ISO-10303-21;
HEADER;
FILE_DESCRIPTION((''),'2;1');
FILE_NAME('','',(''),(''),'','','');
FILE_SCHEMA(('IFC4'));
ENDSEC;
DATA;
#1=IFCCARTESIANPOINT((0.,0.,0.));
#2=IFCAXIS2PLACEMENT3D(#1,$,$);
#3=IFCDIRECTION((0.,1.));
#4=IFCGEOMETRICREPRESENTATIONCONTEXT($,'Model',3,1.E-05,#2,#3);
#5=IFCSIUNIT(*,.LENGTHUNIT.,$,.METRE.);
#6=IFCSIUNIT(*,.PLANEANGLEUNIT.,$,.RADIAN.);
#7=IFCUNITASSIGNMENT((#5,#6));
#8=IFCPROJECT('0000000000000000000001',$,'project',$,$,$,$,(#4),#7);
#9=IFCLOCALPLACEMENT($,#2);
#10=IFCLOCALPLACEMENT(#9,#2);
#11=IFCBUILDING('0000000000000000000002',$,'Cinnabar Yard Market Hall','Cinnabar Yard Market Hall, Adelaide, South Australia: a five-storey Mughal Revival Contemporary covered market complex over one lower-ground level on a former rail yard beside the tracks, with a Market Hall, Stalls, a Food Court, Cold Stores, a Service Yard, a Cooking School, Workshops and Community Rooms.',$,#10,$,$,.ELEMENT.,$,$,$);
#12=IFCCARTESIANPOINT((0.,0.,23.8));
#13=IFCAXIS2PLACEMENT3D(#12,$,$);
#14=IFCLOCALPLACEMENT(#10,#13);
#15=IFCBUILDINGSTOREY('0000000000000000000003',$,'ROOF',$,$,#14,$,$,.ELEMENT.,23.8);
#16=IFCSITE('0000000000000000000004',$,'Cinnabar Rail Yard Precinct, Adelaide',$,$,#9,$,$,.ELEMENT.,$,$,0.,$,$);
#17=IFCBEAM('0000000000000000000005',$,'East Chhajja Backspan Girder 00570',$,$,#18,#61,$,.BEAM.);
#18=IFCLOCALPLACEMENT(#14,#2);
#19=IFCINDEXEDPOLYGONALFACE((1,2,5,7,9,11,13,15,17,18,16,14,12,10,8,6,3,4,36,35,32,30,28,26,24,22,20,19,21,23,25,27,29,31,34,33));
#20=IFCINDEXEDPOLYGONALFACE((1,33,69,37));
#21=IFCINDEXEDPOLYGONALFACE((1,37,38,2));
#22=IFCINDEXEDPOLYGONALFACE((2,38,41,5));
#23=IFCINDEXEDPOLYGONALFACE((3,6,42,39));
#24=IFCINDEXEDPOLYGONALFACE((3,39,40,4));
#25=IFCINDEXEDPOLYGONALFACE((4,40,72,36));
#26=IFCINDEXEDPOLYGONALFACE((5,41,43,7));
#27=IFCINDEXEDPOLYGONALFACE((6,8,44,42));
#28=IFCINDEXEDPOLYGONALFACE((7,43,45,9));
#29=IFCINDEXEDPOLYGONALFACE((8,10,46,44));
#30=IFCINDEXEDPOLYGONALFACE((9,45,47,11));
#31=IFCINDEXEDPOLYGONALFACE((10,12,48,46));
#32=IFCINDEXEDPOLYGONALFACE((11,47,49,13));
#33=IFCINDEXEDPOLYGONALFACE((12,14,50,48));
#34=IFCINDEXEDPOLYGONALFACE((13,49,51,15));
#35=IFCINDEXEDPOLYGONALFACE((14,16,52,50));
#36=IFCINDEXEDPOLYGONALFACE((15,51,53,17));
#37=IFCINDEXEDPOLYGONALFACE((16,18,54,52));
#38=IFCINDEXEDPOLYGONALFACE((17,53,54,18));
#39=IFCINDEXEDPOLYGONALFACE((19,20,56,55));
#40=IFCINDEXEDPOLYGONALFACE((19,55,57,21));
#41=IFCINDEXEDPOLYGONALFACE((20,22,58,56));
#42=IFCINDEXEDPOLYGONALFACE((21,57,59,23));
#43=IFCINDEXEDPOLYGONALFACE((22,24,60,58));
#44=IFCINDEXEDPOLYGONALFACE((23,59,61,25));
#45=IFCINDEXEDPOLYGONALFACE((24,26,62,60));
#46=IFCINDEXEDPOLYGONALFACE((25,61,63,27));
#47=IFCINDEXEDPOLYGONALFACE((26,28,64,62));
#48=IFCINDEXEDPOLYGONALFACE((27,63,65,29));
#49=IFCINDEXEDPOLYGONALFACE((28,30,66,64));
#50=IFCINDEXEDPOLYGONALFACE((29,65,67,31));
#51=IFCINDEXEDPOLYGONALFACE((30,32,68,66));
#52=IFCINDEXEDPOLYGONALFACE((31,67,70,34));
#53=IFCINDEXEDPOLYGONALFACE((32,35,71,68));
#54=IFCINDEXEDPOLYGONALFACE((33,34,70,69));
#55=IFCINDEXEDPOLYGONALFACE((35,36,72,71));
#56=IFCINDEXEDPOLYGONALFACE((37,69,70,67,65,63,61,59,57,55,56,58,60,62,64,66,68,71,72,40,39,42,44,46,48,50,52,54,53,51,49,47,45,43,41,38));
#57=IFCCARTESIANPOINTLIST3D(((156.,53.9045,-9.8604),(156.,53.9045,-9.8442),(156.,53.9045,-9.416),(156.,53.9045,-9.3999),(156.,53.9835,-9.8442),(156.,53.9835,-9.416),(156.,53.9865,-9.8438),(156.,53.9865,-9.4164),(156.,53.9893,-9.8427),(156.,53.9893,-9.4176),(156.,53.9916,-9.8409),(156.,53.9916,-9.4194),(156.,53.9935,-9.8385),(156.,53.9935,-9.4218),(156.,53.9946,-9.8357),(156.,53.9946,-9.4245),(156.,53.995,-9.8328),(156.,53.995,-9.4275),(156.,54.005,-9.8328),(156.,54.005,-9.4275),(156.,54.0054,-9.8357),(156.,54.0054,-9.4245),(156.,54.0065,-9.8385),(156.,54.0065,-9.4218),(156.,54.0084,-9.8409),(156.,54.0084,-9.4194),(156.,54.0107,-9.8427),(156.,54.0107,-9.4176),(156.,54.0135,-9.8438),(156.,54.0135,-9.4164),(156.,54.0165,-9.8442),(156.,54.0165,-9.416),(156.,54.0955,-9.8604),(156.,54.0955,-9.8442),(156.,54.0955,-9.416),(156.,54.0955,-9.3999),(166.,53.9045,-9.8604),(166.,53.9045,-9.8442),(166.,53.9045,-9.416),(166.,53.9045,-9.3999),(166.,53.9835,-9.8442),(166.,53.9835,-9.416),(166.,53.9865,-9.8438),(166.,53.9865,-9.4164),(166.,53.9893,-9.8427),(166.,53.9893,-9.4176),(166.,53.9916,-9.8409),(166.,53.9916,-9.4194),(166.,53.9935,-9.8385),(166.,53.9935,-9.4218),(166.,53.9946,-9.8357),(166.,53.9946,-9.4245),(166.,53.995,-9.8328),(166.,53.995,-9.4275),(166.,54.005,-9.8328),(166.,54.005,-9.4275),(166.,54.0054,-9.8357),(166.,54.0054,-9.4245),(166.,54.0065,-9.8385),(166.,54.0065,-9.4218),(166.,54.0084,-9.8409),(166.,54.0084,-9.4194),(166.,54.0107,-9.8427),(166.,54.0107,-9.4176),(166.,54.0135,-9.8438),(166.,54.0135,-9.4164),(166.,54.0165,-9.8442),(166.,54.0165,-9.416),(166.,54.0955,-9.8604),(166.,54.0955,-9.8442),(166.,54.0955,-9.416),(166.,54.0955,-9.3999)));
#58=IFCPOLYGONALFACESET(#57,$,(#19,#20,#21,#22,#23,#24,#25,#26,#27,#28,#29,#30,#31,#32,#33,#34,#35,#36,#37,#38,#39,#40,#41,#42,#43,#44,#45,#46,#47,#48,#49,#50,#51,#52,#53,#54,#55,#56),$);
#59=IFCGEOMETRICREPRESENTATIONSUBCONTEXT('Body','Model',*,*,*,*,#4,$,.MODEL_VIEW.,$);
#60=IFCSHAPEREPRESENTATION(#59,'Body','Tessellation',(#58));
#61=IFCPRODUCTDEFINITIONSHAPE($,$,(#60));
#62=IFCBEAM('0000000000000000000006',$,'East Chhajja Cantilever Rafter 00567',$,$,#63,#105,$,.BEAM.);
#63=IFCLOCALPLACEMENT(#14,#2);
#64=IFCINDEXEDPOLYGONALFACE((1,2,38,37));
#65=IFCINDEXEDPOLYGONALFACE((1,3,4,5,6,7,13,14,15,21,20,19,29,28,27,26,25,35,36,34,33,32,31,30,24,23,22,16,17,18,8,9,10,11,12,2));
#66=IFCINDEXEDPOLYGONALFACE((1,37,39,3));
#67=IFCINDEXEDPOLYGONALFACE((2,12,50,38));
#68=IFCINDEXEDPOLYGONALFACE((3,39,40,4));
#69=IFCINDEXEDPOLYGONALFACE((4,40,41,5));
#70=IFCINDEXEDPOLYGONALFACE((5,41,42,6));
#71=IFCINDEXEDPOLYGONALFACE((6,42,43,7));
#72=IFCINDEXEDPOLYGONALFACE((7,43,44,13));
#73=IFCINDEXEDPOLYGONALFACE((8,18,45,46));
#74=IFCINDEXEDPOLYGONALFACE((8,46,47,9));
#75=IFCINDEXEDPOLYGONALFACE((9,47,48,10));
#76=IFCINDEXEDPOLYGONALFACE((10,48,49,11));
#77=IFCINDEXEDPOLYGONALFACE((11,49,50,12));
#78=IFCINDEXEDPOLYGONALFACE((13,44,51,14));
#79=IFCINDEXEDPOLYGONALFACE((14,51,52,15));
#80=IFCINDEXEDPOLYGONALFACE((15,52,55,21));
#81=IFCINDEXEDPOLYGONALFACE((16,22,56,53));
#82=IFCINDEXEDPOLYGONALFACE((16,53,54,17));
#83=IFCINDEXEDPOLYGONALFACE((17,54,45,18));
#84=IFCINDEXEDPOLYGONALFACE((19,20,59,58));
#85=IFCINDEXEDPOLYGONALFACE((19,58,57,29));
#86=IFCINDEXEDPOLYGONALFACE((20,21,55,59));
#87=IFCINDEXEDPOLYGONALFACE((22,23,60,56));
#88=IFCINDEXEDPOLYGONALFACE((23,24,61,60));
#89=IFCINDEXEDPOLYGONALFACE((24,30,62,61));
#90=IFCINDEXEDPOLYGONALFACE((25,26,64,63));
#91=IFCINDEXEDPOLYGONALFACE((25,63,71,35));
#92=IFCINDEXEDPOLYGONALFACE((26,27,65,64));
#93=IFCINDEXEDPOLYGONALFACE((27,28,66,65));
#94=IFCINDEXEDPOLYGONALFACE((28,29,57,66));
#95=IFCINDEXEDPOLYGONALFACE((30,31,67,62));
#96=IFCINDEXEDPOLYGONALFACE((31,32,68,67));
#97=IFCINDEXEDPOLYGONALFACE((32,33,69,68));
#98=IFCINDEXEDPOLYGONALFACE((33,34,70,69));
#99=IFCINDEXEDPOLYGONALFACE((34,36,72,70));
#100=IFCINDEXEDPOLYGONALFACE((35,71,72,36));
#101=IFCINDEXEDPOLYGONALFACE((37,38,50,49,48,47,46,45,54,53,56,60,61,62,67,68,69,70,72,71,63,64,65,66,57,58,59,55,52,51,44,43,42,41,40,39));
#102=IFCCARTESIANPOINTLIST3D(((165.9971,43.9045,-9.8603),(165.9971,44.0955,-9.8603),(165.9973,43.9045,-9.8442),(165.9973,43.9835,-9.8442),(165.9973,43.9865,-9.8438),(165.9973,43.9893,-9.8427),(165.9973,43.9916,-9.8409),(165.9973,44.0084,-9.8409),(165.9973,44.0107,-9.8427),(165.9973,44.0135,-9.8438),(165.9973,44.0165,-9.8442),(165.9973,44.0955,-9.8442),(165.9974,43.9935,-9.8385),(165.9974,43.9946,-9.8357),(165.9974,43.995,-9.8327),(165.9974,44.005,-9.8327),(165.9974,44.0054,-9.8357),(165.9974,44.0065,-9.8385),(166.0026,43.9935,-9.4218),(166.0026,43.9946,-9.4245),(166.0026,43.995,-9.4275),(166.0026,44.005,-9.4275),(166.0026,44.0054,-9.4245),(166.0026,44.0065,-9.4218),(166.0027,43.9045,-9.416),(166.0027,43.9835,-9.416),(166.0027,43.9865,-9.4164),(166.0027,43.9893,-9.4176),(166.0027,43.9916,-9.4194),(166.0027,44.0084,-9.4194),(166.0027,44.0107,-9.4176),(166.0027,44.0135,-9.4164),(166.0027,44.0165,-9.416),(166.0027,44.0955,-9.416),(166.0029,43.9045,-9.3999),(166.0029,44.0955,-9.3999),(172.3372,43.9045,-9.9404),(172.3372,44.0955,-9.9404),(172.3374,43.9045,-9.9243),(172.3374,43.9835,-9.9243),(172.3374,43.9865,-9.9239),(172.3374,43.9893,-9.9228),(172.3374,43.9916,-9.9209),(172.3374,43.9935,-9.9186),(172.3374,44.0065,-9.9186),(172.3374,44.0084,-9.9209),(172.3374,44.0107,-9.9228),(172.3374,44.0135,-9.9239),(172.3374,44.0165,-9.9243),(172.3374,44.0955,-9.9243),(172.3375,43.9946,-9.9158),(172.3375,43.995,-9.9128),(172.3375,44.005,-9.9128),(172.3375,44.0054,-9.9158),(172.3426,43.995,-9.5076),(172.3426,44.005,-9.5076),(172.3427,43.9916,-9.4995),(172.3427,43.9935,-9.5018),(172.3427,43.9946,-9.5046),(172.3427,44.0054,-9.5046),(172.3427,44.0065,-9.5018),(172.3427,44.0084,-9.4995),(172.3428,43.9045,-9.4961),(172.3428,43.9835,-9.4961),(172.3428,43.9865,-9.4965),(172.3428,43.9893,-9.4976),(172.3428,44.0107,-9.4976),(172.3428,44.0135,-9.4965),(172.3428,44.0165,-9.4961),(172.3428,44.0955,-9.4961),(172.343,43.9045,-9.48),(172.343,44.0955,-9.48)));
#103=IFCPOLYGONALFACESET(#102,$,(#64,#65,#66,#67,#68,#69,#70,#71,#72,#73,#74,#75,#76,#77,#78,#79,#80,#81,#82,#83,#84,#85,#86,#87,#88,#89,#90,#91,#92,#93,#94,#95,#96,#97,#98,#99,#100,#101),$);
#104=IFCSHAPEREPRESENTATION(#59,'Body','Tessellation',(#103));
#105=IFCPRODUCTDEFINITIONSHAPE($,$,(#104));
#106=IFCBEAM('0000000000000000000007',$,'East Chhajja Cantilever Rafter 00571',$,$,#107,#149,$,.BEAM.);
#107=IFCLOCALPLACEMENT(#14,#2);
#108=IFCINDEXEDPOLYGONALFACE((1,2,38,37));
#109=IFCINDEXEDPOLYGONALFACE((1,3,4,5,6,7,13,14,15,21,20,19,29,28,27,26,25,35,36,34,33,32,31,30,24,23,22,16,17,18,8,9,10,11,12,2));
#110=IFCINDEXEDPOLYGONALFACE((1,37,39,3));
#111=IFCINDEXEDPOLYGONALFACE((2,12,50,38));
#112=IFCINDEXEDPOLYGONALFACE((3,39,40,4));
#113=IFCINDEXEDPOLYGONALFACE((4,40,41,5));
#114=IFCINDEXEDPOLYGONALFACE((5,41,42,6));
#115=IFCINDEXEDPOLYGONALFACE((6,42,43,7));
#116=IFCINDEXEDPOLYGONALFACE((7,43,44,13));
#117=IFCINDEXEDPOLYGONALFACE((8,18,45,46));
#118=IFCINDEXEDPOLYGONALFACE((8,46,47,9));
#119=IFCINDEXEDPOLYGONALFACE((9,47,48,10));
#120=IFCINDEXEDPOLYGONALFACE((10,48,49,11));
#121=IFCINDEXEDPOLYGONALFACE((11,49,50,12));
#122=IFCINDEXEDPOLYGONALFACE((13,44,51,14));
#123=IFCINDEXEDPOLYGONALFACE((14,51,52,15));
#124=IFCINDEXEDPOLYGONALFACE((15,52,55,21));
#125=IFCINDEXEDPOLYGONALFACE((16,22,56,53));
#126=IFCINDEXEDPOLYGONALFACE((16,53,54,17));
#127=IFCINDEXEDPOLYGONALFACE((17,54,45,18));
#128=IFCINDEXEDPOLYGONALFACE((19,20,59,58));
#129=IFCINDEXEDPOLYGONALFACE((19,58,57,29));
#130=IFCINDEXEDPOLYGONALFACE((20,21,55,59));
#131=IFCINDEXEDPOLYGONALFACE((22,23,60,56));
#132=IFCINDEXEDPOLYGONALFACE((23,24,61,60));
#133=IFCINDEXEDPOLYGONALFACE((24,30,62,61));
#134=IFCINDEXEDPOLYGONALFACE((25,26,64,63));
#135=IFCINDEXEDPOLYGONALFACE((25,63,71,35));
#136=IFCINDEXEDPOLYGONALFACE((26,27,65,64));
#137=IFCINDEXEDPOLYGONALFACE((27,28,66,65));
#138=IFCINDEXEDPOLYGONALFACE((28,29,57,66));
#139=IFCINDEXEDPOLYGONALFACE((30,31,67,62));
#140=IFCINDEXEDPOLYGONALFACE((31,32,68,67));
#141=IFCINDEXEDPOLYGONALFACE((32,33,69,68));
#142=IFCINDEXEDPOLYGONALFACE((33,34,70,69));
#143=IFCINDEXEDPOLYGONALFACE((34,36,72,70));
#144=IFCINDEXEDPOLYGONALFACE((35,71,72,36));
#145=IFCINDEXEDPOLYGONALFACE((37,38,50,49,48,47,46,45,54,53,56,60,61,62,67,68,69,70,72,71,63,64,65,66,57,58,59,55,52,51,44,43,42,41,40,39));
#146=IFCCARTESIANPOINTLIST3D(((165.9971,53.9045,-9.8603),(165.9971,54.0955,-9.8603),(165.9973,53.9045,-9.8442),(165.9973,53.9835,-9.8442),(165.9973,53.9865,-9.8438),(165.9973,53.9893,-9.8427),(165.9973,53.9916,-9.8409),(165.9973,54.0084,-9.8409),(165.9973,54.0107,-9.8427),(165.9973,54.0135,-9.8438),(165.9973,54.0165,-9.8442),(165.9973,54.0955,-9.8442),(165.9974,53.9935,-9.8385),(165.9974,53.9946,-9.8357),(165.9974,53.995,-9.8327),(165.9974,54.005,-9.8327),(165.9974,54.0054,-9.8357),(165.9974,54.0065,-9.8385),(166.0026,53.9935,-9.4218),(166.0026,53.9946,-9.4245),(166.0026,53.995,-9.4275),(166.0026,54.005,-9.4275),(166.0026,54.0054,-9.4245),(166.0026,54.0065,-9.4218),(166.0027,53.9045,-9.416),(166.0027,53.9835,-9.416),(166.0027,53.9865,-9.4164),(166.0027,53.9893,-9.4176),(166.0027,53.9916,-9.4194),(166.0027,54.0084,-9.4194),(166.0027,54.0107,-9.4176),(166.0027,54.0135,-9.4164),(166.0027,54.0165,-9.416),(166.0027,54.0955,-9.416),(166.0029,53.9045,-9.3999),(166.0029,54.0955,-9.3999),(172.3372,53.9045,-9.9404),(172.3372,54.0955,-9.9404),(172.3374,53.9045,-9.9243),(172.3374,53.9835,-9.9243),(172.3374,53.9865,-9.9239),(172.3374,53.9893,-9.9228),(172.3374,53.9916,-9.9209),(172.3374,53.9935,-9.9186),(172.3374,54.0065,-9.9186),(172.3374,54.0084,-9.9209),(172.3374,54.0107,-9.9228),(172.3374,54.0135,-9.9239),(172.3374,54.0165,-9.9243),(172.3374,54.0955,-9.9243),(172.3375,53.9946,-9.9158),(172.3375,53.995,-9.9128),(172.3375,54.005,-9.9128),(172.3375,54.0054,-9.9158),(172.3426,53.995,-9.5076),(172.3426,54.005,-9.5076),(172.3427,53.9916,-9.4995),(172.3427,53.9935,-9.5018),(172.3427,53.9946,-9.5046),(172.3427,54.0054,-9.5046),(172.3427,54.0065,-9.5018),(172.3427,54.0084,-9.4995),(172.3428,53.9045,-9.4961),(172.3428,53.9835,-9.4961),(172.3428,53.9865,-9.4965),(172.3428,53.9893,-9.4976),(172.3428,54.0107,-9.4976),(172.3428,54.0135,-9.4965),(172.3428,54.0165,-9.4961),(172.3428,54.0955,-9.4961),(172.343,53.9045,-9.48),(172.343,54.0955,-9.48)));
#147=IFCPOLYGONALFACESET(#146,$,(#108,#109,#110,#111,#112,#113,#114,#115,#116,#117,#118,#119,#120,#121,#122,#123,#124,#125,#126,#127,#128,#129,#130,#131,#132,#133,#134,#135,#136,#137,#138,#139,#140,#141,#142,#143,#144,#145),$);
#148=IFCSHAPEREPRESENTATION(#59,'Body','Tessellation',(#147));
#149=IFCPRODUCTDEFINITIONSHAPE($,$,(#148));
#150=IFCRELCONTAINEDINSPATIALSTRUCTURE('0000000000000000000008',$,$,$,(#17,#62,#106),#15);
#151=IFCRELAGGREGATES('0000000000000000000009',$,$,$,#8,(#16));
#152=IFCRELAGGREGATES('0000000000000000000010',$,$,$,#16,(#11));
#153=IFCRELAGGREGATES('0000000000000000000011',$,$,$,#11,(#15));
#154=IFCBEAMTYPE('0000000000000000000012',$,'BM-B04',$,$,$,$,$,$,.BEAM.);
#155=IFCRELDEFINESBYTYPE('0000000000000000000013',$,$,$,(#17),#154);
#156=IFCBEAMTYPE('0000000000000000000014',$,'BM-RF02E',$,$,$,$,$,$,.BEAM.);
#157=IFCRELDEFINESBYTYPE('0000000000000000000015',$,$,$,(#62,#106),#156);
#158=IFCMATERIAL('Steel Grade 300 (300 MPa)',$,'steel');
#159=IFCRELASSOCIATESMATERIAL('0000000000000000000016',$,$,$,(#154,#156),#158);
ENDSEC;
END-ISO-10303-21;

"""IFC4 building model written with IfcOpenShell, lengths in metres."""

from ifc_helpers import new_model, si_unit, direction, frame, origin, origin_2d_with_axis, place, context, subcontext, project, spatial, i_section, extrude, material, material_profile, profile_set, type_object, element, save


model = new_model("IFC4")

# Units and contexts
model_context = context("Model", 3, precision=1e-05, world=origin(), true_north=direction((0.0, 1.0)))
body_context = subcontext(model_context, "Body", "Model", "MODEL_VIEW")
ifc_project = project(units=[si_unit("LENGTHUNIT", "METRE"), si_unit("PLANEANGLEUNIT", "RADIAN")], contexts=[model_context])

# Site, building, storey
site_placement = place(None, origin())
site = spatial("IfcSite", under=ifc_project, at=site_placement, Name="Cinnabar Rail Yard Precinct, Adelaide", CompositionType="ELEMENT", RefElevation=0.0)
building_placement = place(site_placement, origin())
building = spatial("IfcBuilding", under=site, at=building_placement, Name="Cinnabar Yard Market Hall", Description="Cinnabar Yard Market Hall, Adelaide, South Australia: a five-storey Mughal Revival Contemporary covered market complex over one lower-ground level on a former rail yard beside the tracks, with a Market Hall, Stalls, a Food Court, Cold Stores, a Service Yard, a Cooking School, Workshops and Community Rooms.", CompositionType="ELEMENT")
storey_placement = place(building_placement, frame((0.0, 0.0, 23.8)))
storey = spatial("IfcBuildingStorey", under=building, at=storey_placement, Name="ROOF", CompositionType="ELEMENT", Elevation=23.8)

# Beams
ifc_material_1 = material(Name="Steel Grade 300 (300 MPa)", Category="steel")
ifc_material_profile_1 = material_profile(ifc_material_1, i_section(OverallWidth=0.1909, OverallDepth=0.4604, WebThickness=0.01, FlangeThickness=0.0161, FilletRadius=0.0115, at=origin_2d_with_axis()), Name="460UB82.1")
ifc_profile_set_1 = profile_set([ifc_material_profile_1], Name="Steel Grade 300 (300 MPa)")
beam_type_1 = type_object("IfcBeamType", Name="BM-B04", PredefinedType="BEAM", material=ifc_profile_set_1)
for number, where, z_axis, x_axis, name in (
    (1, (156.0, 54.0, -9.6301), (1.0, 0.0, 0.0), (0.0, 1.0, 0.0), "East Chhajja Backspan Girder 00570"),
):
    element("IfcBeam", number, at=place(storey_placement, frame(where, z_axis=z_axis, x_axis=x_axis)), inside=storey, type_object=beam_type_1, Name=name, PredefinedType="BEAM", context=body_context, shape_type="SweptSolid", body=[
        extrude(i_section(OverallWidth=0.1909, OverallDepth=0.4604, WebThickness=0.01, FlangeThickness=0.0161, FilletRadius=0.0115, at=origin_2d_with_axis()), origin(), (0.0, 0.0, 1.0), 10.0),
    ])
ifc_material_profile_2 = material_profile(ifc_material_1, i_section(OverallWidth=0.1909, OverallDepth=0.4604, WebThickness=0.01, FlangeThickness=0.0161, FilletRadius=0.0115, at=origin_2d_with_axis()), Name="460UB82.1")
ifc_profile_set_2 = profile_set([ifc_material_profile_2], Name="Steel Grade 300 (300 MPa)")
beam_type_2 = type_object("IfcBeamType", Name="BM-RF02E", PredefinedType="BEAM", material=ifc_profile_set_2)
for number, where, z_axis, x_axis, name in (
    (2, (166.0, 44.0, -9.6301), (0.99992, 0.0, -0.012629), (0.0, 1.0, 0.0), "East Chhajja Cantilever Rafter 00567"),
    (3, (166.0, 54.0, -9.6301), (0.99992, 0.0, -0.012629), (0.0, 1.0, 0.0), "East Chhajja Cantilever Rafter 00571"),
):
    element("IfcBeam", number, at=place(storey_placement, frame(where, z_axis=z_axis, x_axis=x_axis)), inside=storey, type_object=beam_type_2, Name=name, PredefinedType="BEAM", context=body_context, shape_type="SweptSolid", body=[
        extrude(i_section(OverallWidth=0.1909, OverallDepth=0.4604, WebThickness=0.01, FlangeThickness=0.0161, FilletRadius=0.0115, at=origin_2d_with_axis()), origin(), (0.0, 0.0, 1.0), 6.3406),
    ])

save(model, "model.ifc")
